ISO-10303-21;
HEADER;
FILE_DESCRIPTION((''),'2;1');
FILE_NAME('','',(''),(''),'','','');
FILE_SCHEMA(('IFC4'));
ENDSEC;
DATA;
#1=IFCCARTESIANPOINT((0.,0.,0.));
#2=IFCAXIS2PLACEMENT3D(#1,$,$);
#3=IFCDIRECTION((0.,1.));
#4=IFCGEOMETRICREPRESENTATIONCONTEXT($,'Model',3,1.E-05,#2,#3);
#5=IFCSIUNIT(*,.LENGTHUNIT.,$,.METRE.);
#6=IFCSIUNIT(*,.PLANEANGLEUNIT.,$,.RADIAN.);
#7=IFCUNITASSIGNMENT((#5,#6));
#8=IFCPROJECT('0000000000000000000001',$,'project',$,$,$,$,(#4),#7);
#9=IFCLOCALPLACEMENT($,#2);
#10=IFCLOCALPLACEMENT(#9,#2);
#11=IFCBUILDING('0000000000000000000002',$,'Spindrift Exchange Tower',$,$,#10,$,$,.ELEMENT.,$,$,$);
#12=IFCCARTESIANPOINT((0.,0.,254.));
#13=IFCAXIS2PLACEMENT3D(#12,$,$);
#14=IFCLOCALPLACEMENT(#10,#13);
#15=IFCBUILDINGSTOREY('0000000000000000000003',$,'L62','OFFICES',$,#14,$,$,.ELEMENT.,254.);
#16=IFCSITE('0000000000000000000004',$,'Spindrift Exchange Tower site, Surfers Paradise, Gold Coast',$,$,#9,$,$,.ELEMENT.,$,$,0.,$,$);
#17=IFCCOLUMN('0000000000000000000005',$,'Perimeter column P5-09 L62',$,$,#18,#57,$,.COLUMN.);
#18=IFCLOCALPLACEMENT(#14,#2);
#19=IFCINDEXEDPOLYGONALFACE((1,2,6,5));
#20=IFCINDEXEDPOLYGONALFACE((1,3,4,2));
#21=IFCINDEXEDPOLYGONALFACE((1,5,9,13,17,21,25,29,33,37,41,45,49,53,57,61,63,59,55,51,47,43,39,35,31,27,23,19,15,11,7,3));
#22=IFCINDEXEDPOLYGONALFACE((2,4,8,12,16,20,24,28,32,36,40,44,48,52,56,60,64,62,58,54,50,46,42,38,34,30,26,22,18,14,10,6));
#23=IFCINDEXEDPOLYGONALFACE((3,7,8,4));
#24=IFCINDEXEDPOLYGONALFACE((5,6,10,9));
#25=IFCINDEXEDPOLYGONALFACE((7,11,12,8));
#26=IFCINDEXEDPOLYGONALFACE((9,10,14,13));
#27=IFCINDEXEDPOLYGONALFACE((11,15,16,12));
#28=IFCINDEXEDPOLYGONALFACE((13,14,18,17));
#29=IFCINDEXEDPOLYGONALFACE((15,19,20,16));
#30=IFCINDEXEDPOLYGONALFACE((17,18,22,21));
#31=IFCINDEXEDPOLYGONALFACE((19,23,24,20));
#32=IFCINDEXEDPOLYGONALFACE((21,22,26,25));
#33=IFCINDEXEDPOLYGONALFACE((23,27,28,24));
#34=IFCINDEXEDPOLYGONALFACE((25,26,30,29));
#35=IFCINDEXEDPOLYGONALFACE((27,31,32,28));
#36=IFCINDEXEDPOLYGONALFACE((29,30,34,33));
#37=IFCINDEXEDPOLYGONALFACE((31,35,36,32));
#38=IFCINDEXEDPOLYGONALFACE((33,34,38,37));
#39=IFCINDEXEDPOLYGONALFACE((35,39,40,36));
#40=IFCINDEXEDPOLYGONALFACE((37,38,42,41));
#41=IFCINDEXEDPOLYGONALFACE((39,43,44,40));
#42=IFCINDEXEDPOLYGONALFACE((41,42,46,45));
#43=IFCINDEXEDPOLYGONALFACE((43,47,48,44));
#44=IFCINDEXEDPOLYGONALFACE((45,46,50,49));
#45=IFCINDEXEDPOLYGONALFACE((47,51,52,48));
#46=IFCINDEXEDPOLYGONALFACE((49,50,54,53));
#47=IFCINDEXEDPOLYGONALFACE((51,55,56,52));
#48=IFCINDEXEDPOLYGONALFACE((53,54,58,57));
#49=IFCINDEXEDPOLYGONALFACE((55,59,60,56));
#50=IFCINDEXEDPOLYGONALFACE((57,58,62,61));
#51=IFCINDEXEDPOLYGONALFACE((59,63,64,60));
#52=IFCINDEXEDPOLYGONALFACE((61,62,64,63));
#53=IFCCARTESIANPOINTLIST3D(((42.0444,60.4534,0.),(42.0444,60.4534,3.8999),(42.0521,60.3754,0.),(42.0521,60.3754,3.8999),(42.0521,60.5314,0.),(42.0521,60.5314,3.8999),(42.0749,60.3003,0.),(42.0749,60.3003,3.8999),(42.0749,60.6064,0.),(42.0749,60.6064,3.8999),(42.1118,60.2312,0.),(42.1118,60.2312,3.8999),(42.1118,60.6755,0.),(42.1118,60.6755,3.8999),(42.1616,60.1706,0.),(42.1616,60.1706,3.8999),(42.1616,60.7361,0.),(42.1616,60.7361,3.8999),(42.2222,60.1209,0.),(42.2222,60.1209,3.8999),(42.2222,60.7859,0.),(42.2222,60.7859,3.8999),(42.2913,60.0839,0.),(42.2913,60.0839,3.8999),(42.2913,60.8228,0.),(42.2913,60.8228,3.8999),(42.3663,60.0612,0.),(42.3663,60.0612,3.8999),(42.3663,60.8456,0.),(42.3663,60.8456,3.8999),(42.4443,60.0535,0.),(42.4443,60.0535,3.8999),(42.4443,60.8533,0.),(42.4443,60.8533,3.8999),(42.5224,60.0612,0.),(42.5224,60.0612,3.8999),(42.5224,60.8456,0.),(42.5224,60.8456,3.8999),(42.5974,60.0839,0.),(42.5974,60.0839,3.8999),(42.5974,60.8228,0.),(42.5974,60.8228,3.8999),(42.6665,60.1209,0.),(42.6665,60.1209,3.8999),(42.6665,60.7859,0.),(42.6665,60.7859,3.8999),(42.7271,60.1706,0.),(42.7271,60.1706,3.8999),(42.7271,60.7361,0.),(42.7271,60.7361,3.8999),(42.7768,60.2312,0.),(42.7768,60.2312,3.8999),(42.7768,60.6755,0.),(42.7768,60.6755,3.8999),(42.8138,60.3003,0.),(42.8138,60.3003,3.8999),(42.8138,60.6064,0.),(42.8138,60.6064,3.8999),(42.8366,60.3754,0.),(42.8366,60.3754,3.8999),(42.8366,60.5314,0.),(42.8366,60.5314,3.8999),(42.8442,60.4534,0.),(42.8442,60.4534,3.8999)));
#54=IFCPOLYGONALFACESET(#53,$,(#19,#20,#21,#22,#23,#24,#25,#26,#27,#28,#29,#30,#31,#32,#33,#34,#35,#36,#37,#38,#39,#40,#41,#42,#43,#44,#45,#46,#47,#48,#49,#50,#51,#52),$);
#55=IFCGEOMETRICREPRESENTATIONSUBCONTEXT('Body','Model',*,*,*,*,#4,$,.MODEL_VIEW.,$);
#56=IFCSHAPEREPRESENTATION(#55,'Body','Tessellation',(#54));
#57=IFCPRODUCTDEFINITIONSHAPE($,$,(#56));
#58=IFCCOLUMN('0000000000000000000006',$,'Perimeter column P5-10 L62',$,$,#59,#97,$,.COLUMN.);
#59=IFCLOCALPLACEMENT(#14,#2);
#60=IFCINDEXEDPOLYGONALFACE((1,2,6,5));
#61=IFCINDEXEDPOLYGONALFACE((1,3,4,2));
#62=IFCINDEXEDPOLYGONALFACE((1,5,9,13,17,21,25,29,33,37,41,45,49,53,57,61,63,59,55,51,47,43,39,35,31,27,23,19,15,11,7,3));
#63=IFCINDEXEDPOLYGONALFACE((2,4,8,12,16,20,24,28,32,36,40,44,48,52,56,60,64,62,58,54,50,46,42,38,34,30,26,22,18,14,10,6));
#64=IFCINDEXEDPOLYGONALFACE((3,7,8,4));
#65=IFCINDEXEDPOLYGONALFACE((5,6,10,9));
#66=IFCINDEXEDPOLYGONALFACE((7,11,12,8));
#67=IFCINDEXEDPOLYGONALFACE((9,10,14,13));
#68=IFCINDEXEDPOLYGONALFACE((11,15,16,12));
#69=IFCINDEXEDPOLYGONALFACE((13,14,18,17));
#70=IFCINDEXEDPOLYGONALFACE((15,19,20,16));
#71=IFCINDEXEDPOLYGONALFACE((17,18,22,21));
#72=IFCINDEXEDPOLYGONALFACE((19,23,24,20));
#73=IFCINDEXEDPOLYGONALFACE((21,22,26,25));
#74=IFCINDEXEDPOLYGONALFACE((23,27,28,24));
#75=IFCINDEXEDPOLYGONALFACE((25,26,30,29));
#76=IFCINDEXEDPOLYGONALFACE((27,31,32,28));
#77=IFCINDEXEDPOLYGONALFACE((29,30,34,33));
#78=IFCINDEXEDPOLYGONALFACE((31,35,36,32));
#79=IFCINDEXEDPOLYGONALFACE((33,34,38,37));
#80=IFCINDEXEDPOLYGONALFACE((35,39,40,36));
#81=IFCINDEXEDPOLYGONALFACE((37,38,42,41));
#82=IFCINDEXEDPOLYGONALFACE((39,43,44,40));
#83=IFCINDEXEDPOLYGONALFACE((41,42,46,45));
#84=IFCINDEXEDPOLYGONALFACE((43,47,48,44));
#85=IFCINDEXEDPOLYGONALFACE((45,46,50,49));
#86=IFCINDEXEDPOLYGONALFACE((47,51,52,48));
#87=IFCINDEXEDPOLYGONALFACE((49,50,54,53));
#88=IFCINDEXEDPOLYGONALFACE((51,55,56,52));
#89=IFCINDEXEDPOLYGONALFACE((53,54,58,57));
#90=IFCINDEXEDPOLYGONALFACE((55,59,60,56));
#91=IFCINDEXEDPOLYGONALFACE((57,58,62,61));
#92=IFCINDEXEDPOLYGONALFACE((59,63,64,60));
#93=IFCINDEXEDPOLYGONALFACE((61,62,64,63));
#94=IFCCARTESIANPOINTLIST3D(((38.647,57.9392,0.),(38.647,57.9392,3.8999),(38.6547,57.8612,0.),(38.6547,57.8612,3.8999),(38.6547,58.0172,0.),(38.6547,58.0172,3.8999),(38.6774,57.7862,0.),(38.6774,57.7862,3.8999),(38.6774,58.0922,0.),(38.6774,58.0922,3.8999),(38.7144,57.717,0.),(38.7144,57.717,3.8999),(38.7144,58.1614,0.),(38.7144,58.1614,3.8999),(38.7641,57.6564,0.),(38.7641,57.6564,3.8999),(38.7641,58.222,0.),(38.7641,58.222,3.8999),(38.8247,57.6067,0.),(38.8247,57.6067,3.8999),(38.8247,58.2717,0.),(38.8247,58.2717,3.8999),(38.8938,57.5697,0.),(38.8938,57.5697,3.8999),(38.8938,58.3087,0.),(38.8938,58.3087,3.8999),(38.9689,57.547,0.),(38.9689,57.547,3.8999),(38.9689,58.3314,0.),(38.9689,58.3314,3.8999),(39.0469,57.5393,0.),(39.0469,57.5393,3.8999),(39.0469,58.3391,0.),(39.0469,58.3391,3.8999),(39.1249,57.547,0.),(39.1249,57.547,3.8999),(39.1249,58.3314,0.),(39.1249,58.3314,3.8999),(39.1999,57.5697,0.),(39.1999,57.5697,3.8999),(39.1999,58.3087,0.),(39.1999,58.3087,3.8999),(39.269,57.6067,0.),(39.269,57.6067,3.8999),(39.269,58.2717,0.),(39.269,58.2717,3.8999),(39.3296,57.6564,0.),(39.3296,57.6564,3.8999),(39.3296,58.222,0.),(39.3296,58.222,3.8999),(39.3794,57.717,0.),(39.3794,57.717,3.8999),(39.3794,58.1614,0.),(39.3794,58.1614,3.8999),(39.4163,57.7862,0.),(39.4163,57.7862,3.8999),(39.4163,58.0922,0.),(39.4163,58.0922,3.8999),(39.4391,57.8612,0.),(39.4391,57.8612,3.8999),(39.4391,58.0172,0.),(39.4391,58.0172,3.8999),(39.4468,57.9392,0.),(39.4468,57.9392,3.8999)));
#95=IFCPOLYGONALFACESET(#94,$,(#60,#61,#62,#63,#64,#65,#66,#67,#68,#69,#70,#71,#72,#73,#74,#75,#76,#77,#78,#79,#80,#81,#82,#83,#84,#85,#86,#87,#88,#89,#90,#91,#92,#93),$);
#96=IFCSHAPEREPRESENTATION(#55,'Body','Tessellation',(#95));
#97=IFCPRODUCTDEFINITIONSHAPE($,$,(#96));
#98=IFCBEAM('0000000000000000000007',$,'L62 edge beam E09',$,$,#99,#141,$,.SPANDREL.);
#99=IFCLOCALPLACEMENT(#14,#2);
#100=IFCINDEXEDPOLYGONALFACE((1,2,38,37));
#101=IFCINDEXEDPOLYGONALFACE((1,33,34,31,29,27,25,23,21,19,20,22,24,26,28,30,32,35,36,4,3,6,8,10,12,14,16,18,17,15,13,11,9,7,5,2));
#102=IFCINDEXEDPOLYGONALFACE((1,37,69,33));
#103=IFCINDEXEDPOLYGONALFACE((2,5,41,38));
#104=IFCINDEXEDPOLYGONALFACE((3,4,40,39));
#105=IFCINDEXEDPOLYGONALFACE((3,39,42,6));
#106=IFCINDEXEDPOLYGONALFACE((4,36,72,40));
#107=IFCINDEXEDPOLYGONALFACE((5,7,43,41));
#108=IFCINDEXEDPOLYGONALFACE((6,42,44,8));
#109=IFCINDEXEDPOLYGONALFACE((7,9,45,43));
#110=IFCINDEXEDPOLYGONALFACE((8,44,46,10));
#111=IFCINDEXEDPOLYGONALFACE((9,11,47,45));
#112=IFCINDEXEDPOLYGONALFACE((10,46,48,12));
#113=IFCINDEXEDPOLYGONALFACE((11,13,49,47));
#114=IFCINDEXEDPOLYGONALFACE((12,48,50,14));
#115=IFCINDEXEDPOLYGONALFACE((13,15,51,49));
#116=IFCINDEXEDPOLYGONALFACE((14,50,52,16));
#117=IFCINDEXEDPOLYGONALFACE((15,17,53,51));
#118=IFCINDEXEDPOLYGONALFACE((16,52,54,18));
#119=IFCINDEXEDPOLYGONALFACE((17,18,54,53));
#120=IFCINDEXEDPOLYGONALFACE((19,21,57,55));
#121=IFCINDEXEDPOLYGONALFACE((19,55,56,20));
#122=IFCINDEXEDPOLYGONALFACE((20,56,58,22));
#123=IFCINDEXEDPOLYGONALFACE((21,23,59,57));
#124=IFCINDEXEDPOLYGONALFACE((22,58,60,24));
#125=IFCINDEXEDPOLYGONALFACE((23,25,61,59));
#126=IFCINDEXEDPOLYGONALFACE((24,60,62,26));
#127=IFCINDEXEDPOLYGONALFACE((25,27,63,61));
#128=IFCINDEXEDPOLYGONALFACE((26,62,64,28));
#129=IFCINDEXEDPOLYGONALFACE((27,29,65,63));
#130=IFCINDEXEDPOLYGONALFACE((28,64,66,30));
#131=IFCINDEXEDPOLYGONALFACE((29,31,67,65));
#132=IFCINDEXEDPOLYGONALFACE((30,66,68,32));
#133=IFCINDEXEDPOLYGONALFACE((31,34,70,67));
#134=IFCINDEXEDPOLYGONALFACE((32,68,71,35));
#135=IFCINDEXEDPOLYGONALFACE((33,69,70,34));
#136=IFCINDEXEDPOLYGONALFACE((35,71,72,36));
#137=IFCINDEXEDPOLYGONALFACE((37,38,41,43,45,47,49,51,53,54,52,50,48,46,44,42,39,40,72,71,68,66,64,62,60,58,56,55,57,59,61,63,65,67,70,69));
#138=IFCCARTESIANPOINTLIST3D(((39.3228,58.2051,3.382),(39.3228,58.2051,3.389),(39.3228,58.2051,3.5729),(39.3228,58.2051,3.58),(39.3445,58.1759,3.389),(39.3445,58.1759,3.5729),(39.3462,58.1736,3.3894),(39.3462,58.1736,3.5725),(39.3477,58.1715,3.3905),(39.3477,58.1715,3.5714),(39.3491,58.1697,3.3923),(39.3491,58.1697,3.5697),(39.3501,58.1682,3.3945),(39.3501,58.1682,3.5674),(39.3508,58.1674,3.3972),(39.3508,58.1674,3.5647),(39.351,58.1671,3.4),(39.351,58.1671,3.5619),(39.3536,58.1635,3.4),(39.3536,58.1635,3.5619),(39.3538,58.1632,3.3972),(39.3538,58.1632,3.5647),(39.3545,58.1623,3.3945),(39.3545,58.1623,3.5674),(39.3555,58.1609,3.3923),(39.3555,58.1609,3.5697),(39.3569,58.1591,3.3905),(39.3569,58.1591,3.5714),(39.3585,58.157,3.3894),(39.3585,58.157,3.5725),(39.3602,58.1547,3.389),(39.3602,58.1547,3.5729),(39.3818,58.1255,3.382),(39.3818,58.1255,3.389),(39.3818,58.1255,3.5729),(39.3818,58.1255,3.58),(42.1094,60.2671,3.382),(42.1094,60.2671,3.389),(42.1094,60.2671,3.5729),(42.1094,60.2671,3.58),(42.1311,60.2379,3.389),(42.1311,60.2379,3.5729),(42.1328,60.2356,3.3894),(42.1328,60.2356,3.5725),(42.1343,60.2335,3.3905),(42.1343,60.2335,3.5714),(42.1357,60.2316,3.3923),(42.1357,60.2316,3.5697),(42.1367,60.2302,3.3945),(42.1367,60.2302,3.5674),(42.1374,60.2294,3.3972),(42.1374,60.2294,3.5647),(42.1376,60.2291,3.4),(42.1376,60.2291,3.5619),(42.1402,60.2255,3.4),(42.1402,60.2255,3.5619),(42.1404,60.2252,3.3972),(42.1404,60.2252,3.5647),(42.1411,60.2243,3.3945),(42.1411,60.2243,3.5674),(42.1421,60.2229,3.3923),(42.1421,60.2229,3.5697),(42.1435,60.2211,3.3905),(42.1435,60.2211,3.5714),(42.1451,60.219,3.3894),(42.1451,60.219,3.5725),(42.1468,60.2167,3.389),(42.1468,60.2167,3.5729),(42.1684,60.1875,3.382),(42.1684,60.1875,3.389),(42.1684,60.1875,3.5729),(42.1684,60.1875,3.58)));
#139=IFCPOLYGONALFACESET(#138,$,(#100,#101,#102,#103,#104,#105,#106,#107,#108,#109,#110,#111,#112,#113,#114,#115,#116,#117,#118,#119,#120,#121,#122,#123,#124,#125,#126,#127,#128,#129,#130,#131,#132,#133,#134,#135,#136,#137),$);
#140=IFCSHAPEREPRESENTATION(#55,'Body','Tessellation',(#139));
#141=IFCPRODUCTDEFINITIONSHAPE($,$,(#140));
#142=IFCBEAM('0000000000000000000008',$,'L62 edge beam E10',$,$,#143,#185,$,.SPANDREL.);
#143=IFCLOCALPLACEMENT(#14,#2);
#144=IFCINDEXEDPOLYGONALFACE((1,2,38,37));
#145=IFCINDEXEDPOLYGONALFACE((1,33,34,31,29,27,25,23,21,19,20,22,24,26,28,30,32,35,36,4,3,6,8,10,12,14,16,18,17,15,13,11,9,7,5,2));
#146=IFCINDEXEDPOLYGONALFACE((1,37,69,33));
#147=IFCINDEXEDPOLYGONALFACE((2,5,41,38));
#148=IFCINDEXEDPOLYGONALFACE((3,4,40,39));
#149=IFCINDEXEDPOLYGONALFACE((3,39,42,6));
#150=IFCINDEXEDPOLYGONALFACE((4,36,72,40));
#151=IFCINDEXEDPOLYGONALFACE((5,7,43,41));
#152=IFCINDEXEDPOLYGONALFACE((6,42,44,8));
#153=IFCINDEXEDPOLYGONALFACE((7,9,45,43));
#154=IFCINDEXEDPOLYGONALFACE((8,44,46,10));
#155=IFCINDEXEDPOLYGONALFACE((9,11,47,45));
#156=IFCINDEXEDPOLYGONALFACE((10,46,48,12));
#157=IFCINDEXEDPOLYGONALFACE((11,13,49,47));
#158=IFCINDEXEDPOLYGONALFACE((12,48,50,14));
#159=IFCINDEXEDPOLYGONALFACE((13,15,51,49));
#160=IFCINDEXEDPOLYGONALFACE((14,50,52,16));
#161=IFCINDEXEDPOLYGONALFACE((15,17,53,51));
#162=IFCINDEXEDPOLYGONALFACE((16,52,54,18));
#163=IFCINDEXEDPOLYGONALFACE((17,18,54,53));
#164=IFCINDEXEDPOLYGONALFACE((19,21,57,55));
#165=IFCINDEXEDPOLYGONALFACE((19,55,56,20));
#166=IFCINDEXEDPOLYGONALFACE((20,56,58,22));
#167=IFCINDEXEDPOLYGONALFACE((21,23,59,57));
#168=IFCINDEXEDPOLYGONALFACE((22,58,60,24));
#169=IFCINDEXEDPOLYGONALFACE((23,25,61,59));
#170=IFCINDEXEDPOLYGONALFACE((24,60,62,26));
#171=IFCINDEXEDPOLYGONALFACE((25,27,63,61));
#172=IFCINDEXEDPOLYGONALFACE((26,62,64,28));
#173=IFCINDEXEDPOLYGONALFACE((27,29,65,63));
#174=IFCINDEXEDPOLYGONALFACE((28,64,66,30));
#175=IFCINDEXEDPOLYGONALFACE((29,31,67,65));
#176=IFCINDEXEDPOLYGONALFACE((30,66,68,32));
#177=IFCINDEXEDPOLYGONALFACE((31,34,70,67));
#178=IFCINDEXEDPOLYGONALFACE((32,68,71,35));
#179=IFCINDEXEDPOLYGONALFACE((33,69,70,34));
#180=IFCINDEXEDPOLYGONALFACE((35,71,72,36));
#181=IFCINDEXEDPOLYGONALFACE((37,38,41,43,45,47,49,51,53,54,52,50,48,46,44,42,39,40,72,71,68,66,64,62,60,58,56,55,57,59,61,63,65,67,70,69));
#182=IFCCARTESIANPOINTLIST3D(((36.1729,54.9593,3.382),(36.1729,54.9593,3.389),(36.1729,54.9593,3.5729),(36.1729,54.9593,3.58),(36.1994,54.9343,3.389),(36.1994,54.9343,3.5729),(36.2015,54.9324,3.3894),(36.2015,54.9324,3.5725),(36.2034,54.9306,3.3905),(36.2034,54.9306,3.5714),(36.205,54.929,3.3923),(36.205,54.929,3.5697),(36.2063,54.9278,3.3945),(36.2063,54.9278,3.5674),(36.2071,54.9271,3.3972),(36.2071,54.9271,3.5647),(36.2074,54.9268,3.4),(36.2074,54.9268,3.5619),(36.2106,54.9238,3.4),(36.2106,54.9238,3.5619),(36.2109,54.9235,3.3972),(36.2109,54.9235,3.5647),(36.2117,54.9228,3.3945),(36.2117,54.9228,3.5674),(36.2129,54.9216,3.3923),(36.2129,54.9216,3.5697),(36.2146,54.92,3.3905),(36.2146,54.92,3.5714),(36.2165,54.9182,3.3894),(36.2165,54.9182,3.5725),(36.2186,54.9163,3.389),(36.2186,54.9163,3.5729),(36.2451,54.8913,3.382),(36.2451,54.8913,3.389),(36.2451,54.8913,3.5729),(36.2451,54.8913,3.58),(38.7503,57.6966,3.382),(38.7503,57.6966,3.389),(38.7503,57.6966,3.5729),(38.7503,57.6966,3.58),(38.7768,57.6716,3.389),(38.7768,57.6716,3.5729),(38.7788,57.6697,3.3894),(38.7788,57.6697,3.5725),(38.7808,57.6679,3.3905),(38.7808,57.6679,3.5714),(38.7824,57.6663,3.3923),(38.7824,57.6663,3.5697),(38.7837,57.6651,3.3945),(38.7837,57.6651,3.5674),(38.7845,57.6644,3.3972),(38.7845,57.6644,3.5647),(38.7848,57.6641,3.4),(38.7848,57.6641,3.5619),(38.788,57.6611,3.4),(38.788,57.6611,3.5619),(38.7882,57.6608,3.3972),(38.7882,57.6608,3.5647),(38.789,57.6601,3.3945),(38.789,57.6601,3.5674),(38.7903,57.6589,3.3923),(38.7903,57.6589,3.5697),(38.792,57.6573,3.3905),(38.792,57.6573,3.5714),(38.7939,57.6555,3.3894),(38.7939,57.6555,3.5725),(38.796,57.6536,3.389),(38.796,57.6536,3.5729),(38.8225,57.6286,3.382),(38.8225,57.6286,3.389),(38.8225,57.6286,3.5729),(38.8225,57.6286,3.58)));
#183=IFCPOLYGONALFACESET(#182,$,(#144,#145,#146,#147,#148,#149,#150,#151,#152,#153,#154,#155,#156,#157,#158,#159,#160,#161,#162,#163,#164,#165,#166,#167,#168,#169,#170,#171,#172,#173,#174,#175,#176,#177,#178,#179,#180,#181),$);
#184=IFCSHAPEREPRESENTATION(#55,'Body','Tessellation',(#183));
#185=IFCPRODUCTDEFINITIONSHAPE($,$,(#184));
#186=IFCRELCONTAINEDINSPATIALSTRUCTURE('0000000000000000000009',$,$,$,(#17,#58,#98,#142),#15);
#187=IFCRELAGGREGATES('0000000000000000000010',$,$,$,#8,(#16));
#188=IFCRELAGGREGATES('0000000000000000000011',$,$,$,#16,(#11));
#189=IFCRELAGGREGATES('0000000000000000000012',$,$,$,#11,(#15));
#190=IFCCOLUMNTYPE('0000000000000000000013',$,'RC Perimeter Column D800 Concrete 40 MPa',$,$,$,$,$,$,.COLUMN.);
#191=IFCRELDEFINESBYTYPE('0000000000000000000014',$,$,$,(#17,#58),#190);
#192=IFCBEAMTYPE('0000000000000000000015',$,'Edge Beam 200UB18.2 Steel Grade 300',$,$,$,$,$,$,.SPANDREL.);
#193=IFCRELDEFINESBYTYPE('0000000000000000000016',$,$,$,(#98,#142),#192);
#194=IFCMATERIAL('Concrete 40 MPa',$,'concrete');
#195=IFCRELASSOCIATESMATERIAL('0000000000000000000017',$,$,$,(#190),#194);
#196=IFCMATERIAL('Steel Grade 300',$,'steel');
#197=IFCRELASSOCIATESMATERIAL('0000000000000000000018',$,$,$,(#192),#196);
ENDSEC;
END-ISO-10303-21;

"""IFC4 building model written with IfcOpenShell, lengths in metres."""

from ifc_helpers import new_model, si_unit, direction, frame, origin, origin_2d, place, context, subcontext, project, spatial, circle, i_section, extrude, source, transform, mapped, material, material_profile, profile_set, type_object, element, save


model = new_model("IFC4")

# Units and contexts
model_context = context("Model", 3, precision=1e-05, world=origin(), true_north=direction((0.0, 1.0)))
body_context = subcontext(model_context, "Body", "Model", "MODEL_VIEW")
ifc_project = project(units=[si_unit("LENGTHUNIT", "METRE"), si_unit("PLANEANGLEUNIT", "RADIAN")], contexts=[model_context])

# Site, building, storey
site_placement = place(None, origin())
site = spatial("IfcSite", under=ifc_project, at=site_placement, Name="Spindrift Exchange Tower site, Surfers Paradise, Gold Coast", CompositionType="ELEMENT", RefElevation=0.0)
building_placement = place(site_placement, origin())
building = spatial("IfcBuilding", under=site, at=building_placement, Name="Spindrift Exchange Tower", CompositionType="ELEMENT")
storey_placement = place(building_placement, frame((0.0, 0.0, 254.0)))
storey = spatial("IfcBuildingStorey", under=building, at=storey_placement, Name="L62", Description="OFFICES", CompositionType="ELEMENT", Elevation=254.0)

# Columns
ifc_material_1 = material(Name="Concrete 40 MPa", Category="concrete")
ifc_material_profile_1 = material_profile(ifc_material_1, circle(Radius=0.3999, at=origin_2d()), Name="RC D800")
ifc_profile_set_1 = profile_set([ifc_material_profile_1], Name="Concrete 40 MPa")
column_type = type_object("IfcColumnType", Name="RC Perimeter Column D800 Concrete 40 MPa", PredefinedType="COLUMN", material=ifc_profile_set_1)
shared_shape_1 = source(origin(), body_context, "Body", "SweptSolid", [
    extrude(circle(Radius=0.3999, at=origin_2d()), origin(), (0.0, 0.0, 1.0), 3.8999),
])
for number, where, z_axis, x_axis, name in (
    (1, (42.4443, 60.4534, 0.0), (0.0, 0.0, 1.0), (1.0, 0.0, 0.0), "Perimeter column P5-09 L62"),
    (2, (39.0469, 57.9392, 0.0), (0.0, 0.0, 1.0), (1.0, 0.0, 0.0), "Perimeter column P5-10 L62"),
):
    element("IfcColumn", number, at=place(storey_placement, frame(where, z_axis=z_axis, x_axis=x_axis)), inside=storey, type_object=column_type, Name=name, PredefinedType="COLUMN", context=body_context, shape_type="MappedRepresentation", body=[
        mapped(shared_shape_1, transform((0.0, 0.0, 0.0), scale=1.0)),
    ])

# Beams
ifc_material_2 = material(Name="Steel Grade 300", Category="steel")
ifc_material_profile_2 = material_profile(ifc_material_2, i_section(OverallWidth=0.0991, OverallDepth=0.198, WebThickness=0.0044, FlangeThickness=0.0071, FilletRadius=0.011, at=origin_2d()), Name="200UB18.2")
ifc_profile_set_2 = profile_set([ifc_material_profile_2], Name="Steel Grade 300")
beam_type_1 = type_object("IfcBeamType", Name="Edge Beam 200UB18.2 Steel Grade 300", PredefinedType="SPANDREL", material=ifc_profile_set_2)
shared_shape_2 = source(origin(), body_context, "Body", "SweptSolid", [
    extrude(i_section(OverallWidth=0.0991, OverallDepth=0.198, WebThickness=0.0044, FlangeThickness=0.0071, FilletRadius=0.011, at=origin_2d()), origin(), (0.0, 0.0, 1.0), 3.4666),
])
beam_1_placement = place(storey_placement, frame((42.1389, 60.2273, 3.481), z_axis=(-0.803854, -0.594827, 0.0), x_axis=(0.594827, -0.803854, 0.0)))
element("IfcBeam", 3, at=beam_1_placement, inside=storey, type_object=beam_type_1, Name="L62 edge beam E09", PredefinedType="SPANDREL", context=body_context, shape_type="MappedRepresentation", body=[
    mapped(shared_shape_2, transform((0.0, 0.0, 0.0), scale=1.0)),
])
shared_shape_3 = source(origin(), body_context, "Body", "SweptSolid", [
    extrude(i_section(OverallWidth=0.0991, OverallDepth=0.198, WebThickness=0.0044, FlangeThickness=0.0071, FilletRadius=0.011, at=origin_2d()), origin(), (0.0, 0.0, 1.0), 3.7598),
])
beam_2_placement = place(storey_placement, frame((38.7864, 57.6626, 3.481), z_axis=(-0.685521, -0.728053, 0.0), x_axis=(0.728053, -0.685521, 0.0)))
element("IfcBeam", 4, at=beam_2_placement, inside=storey, type_object=beam_type_1, Name="L62 edge beam E10", PredefinedType="SPANDREL", context=body_context, shape_type="MappedRepresentation", body=[
    mapped(shared_shape_3, transform((0.0, 0.0, 0.0), scale=1.0)),
])

save(model, "model.ifc")
